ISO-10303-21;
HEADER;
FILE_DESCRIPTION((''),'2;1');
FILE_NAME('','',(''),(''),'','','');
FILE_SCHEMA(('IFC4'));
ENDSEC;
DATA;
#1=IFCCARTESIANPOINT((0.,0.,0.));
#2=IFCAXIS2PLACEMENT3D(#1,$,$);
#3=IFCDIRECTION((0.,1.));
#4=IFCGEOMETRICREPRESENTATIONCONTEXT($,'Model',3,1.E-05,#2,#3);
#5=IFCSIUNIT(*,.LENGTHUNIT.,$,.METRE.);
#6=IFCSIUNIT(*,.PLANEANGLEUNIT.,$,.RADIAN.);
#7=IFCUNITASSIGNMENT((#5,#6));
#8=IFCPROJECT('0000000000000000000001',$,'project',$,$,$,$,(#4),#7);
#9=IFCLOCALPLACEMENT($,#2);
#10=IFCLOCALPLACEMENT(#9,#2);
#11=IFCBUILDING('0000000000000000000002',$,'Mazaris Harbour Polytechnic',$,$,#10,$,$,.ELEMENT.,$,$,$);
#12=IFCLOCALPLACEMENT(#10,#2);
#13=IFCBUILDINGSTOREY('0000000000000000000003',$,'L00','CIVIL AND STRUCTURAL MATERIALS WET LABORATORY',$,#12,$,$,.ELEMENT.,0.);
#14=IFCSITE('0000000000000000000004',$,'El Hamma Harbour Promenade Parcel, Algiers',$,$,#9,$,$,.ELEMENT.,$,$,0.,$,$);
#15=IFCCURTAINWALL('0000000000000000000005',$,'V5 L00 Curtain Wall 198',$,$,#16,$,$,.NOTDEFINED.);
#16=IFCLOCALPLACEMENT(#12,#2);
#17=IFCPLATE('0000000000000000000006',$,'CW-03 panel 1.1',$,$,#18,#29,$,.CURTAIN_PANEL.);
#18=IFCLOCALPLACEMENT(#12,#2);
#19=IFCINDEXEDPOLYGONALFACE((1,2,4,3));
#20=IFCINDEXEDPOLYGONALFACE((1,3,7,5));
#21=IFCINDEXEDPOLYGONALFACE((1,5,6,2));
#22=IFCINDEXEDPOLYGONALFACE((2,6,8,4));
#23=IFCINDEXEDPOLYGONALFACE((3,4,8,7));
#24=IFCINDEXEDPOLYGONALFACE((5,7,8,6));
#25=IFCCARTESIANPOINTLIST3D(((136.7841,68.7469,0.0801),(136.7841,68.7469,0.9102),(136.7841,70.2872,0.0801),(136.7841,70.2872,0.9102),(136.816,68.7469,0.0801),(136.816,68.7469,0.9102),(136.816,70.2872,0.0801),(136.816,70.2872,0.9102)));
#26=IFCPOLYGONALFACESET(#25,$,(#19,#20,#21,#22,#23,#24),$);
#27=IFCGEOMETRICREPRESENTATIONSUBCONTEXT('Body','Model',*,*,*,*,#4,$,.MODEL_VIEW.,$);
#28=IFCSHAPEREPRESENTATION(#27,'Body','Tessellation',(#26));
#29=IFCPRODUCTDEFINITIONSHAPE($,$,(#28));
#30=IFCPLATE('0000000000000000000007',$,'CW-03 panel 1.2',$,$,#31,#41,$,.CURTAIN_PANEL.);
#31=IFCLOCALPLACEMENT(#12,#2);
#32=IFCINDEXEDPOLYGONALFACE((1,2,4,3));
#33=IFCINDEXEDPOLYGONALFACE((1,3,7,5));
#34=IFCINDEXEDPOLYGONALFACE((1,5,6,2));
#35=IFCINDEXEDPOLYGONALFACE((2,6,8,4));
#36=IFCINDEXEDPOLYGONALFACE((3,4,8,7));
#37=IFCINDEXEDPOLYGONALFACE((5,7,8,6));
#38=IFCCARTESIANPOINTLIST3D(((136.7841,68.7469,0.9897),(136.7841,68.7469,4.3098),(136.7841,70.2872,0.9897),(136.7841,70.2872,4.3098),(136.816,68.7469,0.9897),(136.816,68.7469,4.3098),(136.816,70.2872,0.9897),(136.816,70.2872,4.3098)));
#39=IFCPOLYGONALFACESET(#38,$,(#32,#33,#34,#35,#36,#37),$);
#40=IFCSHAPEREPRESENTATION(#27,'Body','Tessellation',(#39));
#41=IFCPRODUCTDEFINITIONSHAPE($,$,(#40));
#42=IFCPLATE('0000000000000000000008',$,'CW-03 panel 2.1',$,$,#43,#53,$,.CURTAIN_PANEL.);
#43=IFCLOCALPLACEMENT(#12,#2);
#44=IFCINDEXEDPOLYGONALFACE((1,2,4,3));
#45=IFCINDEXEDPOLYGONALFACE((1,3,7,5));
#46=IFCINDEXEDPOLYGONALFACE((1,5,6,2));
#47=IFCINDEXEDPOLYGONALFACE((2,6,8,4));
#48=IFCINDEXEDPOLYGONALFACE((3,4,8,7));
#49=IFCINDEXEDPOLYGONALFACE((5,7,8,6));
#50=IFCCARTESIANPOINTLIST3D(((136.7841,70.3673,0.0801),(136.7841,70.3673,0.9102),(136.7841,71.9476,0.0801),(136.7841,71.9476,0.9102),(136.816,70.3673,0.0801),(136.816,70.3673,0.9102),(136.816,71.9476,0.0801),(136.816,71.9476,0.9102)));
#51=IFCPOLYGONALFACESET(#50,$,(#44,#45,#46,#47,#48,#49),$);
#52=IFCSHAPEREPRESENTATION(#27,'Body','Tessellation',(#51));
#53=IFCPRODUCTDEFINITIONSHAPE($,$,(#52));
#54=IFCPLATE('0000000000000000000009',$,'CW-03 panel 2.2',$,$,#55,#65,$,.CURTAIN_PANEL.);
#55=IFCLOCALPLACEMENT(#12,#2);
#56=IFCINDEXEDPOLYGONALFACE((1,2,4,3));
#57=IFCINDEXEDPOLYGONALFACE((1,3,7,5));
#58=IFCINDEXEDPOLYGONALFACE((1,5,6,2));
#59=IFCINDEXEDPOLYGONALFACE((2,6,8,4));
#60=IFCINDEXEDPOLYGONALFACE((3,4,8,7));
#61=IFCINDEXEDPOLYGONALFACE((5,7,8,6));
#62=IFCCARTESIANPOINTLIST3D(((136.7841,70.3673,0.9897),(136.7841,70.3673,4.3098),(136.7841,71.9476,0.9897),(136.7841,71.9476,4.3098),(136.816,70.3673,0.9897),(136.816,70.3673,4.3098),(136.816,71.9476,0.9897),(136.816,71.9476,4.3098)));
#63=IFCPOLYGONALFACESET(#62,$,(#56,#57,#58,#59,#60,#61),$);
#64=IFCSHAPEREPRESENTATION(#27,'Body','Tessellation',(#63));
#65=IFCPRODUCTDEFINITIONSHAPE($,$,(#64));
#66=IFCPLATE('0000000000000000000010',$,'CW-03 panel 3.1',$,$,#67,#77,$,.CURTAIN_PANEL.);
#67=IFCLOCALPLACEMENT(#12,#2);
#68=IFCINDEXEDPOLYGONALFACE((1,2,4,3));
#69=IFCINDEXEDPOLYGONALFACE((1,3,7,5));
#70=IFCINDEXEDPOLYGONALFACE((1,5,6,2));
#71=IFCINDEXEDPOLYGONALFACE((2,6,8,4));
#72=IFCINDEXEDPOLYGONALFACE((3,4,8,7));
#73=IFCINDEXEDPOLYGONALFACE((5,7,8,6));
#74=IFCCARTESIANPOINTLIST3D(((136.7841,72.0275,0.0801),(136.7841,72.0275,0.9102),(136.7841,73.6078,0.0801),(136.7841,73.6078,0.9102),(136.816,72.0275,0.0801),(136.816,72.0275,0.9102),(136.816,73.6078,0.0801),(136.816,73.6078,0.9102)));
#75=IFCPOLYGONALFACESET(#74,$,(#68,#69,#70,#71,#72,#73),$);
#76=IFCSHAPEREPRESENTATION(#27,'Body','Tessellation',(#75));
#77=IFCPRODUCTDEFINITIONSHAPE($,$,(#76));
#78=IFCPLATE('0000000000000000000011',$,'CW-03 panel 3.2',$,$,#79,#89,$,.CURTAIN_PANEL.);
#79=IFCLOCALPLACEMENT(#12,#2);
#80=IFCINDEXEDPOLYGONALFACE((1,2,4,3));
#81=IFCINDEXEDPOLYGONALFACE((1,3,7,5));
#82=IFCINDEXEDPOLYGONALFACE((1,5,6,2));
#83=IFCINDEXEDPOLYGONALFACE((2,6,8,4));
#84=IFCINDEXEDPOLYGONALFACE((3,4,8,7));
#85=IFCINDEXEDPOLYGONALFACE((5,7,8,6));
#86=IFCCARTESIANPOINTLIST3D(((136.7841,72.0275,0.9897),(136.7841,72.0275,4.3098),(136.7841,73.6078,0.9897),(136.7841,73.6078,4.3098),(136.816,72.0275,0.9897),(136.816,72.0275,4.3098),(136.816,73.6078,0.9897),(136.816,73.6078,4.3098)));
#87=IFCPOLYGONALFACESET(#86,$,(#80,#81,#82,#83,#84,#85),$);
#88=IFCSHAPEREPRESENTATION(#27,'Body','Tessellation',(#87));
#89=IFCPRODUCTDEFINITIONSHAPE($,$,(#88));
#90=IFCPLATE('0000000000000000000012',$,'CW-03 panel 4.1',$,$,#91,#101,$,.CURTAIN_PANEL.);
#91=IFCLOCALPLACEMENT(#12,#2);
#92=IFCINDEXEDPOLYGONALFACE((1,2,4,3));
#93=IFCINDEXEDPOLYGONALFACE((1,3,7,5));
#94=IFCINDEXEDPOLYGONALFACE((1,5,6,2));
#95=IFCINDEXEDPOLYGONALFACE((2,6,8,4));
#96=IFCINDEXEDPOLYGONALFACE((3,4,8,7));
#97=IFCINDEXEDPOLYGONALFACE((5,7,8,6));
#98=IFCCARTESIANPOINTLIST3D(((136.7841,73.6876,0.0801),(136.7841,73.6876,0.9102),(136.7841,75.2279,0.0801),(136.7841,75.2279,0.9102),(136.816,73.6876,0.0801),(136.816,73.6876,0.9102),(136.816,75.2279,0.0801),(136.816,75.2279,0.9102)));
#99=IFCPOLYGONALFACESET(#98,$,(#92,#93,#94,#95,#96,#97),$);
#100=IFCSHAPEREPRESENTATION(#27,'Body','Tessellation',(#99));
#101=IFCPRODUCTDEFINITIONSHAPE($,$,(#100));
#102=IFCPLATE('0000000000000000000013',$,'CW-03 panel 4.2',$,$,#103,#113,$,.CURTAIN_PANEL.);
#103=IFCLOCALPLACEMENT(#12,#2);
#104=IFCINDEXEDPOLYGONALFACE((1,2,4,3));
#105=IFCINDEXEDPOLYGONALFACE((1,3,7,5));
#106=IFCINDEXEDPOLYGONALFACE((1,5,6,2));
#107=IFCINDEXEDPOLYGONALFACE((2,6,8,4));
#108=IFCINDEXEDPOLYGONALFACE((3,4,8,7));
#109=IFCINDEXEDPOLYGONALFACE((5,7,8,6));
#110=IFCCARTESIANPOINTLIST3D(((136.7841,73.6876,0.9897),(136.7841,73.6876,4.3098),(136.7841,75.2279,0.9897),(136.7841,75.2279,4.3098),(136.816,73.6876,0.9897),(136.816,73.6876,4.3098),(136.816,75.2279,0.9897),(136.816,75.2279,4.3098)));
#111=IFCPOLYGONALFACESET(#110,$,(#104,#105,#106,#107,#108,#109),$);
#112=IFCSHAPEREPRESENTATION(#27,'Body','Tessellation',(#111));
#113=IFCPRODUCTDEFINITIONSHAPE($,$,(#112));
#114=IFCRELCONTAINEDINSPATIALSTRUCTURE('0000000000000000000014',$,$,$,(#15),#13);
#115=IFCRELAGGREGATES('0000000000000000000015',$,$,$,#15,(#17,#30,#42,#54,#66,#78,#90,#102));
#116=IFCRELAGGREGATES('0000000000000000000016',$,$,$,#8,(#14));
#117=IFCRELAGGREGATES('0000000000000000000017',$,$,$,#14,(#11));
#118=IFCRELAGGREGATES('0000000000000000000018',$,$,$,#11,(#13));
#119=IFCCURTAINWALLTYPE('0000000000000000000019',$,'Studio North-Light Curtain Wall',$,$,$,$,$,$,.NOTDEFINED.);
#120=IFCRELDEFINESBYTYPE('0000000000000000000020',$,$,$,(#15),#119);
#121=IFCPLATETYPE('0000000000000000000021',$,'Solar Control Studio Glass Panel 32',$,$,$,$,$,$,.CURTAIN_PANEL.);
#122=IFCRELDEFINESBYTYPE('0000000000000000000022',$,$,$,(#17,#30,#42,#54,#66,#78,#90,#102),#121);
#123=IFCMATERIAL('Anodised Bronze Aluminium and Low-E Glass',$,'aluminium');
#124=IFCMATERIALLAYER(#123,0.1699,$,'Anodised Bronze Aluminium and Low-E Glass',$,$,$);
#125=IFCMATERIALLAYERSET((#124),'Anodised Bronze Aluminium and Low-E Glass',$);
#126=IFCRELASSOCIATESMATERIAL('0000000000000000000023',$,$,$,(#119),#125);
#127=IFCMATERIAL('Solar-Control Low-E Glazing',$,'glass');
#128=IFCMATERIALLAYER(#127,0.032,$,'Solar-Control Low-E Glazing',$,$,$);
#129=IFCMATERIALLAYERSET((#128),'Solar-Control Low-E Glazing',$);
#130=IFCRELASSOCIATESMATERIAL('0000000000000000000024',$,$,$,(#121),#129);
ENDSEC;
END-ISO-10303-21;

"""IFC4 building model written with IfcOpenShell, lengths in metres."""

from ifc_helpers import new_model, si_unit, direction, frame, origin, origin_2d, place, context, subcontext, project, spatial, rectangle, extrude, material, layer, layer_set, type_object, element, aggregate, save


model = new_model("IFC4")

# Units and contexts
model_context = context("Model", 3, precision=1e-05, world=origin(), true_north=direction((0.0, 1.0)))
body_context = subcontext(model_context, "Body", "Model", "MODEL_VIEW")
ifc_project = project(units=[si_unit("LENGTHUNIT", "METRE"), si_unit("PLANEANGLEUNIT", "RADIAN")], contexts=[model_context])

# Site, building, storey
site_placement = place(None, origin())
site = spatial("IfcSite", under=ifc_project, at=site_placement, Name="El Hamma Harbour Promenade Parcel, Algiers", CompositionType="ELEMENT", RefElevation=0.0)
building_placement = place(site_placement, origin())
building = spatial("IfcBuilding", under=site, at=building_placement, Name="Mazaris Harbour Polytechnic", CompositionType="ELEMENT")
storey_placement = place(building_placement, origin())
storey = spatial("IfcBuildingStorey", under=building, at=storey_placement, Name="L00", Description="CIVIL AND STRUCTURAL MATERIALS WET LABORATORY", CompositionType="ELEMENT", Elevation=0.0)

# Shared definitions
ifc_material_1 = material(Name="Anodised Bronze Aluminium and Low-E Glass", Category="aluminium")
ifc_layer_1 = layer(ifc_material_1, 0.1699, Name="Anodised Bronze Aluminium and Low-E Glass")
ifc_layer_set_1 = layer_set([ifc_layer_1], Name="Anodised Bronze Aluminium and Low-E Glass")
curtain_wall_type = type_object("IfcCurtainWallType", Name="Studio North-Light Curtain Wall", PredefinedType="NOTDEFINED", material=ifc_layer_set_1)

# Curtain wall
curtain_wall_1_placement = place(storey_placement, origin())
curtain_wall_1 = element("IfcCurtainWall", 1, at=curtain_wall_1_placement, inside=storey, type_object=curtain_wall_type, Name="V5 L00 Curtain Wall 198", PredefinedType="NOTDEFINED")

# Plates
ifc_material_2 = material(Name="Solar-Control Low-E Glazing", Category="glass")
ifc_layer_2 = layer(ifc_material_2, 0.032, Name="Solar-Control Low-E Glazing")
ifc_layer_set_2 = layer_set([ifc_layer_2], Name="Solar-Control Low-E Glazing")
plate_type = type_object("IfcPlateType", Name="Solar Control Studio Glass Panel 32", PredefinedType="CURTAIN_PANEL", material=ifc_layer_set_2)
plate_1_placement = place(storey_placement, frame((136.8, 69.5171, 0.0801), z_axis=(0.0, 0.0, 1.0), x_axis=(0.0, 1.0, 0.0)))
plate_1 = element("IfcPlate", 2, at=plate_1_placement, type_object=plate_type, Name="CW-03 panel 1.1", PredefinedType="CURTAIN_PANEL", context=body_context, shape_type="SweptSolid", body=[
    extrude(rectangle(XDim=1.5403, YDim=0.032, at=origin_2d()), origin(), (0.0, 0.0, 1.0), 0.8301),
])
plate_2_placement = place(storey_placement, frame((136.8, 69.5171, 0.9897), z_axis=(0.0, 0.0, 1.0), x_axis=(0.0, 1.0, 0.0)))
plate_2 = element("IfcPlate", 3, at=plate_2_placement, type_object=plate_type, Name="CW-03 panel 1.2", PredefinedType="CURTAIN_PANEL", context=body_context, shape_type="SweptSolid", body=[
    extrude(rectangle(XDim=1.5403, YDim=0.032, at=origin_2d()), origin(), (0.0, 0.0, 1.0), 3.3201),
])
plate_3_placement = place(storey_placement, frame((136.8, 71.1575, 0.0801), z_axis=(0.0, 0.0, 1.0), x_axis=(0.0, 1.0, 0.0)))
plate_3 = element("IfcPlate", 4, at=plate_3_placement, type_object=plate_type, Name="CW-03 panel 2.1", PredefinedType="CURTAIN_PANEL", context=body_context, shape_type="SweptSolid", body=[
    extrude(rectangle(XDim=1.5803, YDim=0.032, at=origin_2d()), origin(), (0.0, 0.0, 1.0), 0.8301),
])
plate_4_placement = place(storey_placement, frame((136.8, 71.1575, 0.9897), z_axis=(0.0, 0.0, 1.0), x_axis=(0.0, 1.0, 0.0)))
plate_4 = element("IfcPlate", 5, at=plate_4_placement, type_object=plate_type, Name="CW-03 panel 2.2", PredefinedType="CURTAIN_PANEL", context=body_context, shape_type="SweptSolid", body=[
    extrude(rectangle(XDim=1.5803, YDim=0.032, at=origin_2d()), origin(), (0.0, 0.0, 1.0), 3.3201),
])
plate_5_placement = place(storey_placement, frame((136.8, 72.8176, 0.0801), z_axis=(0.0, 0.0, 1.0), x_axis=(0.0, 1.0, 0.0)))
plate_5 = element("IfcPlate", 6, at=plate_5_placement, type_object=plate_type, Name="CW-03 panel 3.1", PredefinedType="CURTAIN_PANEL", context=body_context, shape_type="SweptSolid", body=[
    extrude(rectangle(XDim=1.5803, YDim=0.032, at=origin_2d()), origin(), (0.0, 0.0, 1.0), 0.8301),
])
plate_6_placement = place(storey_placement, frame((136.8, 72.8176, 0.9897), z_axis=(0.0, 0.0, 1.0), x_axis=(0.0, 1.0, 0.0)))
plate_6 = element("IfcPlate", 7, at=plate_6_placement, type_object=plate_type, Name="CW-03 panel 3.2", PredefinedType="CURTAIN_PANEL", context=body_context, shape_type="SweptSolid", body=[
    extrude(rectangle(XDim=1.5803, YDim=0.032, at=origin_2d()), origin(), (0.0, 0.0, 1.0), 3.3201),
])
plate_7_placement = place(storey_placement, frame((136.8, 74.4578, 0.0801), z_axis=(0.0, 0.0, 1.0), x_axis=(0.0, 1.0, 0.0)))
plate_7 = element("IfcPlate", 8, at=plate_7_placement, type_object=plate_type, Name="CW-03 panel 4.1", PredefinedType="CURTAIN_PANEL", context=body_context, shape_type="SweptSolid", body=[
    extrude(rectangle(XDim=1.5403, YDim=0.032, at=origin_2d()), origin(), (0.0, 0.0, 1.0), 0.8301),
])
plate_8_placement = place(storey_placement, frame((136.8, 74.4578, 0.9897), z_axis=(0.0, 0.0, 1.0), x_axis=(0.0, 1.0, 0.0)))
plate_8 = element("IfcPlate", 9, at=plate_8_placement, type_object=plate_type, Name="CW-03 panel 4.2", PredefinedType="CURTAIN_PANEL", context=body_context, shape_type="SweptSolid", body=[
    extrude(rectangle(XDim=1.5403, YDim=0.032, at=origin_2d()), origin(), (0.0, 0.0, 1.0), 3.3201),
])
aggregate(curtain_wall_1, [plate_1, plate_2, plate_3, plate_4, plate_5, plate_6, plate_7, plate_8])

save(model, "model.ifc")
